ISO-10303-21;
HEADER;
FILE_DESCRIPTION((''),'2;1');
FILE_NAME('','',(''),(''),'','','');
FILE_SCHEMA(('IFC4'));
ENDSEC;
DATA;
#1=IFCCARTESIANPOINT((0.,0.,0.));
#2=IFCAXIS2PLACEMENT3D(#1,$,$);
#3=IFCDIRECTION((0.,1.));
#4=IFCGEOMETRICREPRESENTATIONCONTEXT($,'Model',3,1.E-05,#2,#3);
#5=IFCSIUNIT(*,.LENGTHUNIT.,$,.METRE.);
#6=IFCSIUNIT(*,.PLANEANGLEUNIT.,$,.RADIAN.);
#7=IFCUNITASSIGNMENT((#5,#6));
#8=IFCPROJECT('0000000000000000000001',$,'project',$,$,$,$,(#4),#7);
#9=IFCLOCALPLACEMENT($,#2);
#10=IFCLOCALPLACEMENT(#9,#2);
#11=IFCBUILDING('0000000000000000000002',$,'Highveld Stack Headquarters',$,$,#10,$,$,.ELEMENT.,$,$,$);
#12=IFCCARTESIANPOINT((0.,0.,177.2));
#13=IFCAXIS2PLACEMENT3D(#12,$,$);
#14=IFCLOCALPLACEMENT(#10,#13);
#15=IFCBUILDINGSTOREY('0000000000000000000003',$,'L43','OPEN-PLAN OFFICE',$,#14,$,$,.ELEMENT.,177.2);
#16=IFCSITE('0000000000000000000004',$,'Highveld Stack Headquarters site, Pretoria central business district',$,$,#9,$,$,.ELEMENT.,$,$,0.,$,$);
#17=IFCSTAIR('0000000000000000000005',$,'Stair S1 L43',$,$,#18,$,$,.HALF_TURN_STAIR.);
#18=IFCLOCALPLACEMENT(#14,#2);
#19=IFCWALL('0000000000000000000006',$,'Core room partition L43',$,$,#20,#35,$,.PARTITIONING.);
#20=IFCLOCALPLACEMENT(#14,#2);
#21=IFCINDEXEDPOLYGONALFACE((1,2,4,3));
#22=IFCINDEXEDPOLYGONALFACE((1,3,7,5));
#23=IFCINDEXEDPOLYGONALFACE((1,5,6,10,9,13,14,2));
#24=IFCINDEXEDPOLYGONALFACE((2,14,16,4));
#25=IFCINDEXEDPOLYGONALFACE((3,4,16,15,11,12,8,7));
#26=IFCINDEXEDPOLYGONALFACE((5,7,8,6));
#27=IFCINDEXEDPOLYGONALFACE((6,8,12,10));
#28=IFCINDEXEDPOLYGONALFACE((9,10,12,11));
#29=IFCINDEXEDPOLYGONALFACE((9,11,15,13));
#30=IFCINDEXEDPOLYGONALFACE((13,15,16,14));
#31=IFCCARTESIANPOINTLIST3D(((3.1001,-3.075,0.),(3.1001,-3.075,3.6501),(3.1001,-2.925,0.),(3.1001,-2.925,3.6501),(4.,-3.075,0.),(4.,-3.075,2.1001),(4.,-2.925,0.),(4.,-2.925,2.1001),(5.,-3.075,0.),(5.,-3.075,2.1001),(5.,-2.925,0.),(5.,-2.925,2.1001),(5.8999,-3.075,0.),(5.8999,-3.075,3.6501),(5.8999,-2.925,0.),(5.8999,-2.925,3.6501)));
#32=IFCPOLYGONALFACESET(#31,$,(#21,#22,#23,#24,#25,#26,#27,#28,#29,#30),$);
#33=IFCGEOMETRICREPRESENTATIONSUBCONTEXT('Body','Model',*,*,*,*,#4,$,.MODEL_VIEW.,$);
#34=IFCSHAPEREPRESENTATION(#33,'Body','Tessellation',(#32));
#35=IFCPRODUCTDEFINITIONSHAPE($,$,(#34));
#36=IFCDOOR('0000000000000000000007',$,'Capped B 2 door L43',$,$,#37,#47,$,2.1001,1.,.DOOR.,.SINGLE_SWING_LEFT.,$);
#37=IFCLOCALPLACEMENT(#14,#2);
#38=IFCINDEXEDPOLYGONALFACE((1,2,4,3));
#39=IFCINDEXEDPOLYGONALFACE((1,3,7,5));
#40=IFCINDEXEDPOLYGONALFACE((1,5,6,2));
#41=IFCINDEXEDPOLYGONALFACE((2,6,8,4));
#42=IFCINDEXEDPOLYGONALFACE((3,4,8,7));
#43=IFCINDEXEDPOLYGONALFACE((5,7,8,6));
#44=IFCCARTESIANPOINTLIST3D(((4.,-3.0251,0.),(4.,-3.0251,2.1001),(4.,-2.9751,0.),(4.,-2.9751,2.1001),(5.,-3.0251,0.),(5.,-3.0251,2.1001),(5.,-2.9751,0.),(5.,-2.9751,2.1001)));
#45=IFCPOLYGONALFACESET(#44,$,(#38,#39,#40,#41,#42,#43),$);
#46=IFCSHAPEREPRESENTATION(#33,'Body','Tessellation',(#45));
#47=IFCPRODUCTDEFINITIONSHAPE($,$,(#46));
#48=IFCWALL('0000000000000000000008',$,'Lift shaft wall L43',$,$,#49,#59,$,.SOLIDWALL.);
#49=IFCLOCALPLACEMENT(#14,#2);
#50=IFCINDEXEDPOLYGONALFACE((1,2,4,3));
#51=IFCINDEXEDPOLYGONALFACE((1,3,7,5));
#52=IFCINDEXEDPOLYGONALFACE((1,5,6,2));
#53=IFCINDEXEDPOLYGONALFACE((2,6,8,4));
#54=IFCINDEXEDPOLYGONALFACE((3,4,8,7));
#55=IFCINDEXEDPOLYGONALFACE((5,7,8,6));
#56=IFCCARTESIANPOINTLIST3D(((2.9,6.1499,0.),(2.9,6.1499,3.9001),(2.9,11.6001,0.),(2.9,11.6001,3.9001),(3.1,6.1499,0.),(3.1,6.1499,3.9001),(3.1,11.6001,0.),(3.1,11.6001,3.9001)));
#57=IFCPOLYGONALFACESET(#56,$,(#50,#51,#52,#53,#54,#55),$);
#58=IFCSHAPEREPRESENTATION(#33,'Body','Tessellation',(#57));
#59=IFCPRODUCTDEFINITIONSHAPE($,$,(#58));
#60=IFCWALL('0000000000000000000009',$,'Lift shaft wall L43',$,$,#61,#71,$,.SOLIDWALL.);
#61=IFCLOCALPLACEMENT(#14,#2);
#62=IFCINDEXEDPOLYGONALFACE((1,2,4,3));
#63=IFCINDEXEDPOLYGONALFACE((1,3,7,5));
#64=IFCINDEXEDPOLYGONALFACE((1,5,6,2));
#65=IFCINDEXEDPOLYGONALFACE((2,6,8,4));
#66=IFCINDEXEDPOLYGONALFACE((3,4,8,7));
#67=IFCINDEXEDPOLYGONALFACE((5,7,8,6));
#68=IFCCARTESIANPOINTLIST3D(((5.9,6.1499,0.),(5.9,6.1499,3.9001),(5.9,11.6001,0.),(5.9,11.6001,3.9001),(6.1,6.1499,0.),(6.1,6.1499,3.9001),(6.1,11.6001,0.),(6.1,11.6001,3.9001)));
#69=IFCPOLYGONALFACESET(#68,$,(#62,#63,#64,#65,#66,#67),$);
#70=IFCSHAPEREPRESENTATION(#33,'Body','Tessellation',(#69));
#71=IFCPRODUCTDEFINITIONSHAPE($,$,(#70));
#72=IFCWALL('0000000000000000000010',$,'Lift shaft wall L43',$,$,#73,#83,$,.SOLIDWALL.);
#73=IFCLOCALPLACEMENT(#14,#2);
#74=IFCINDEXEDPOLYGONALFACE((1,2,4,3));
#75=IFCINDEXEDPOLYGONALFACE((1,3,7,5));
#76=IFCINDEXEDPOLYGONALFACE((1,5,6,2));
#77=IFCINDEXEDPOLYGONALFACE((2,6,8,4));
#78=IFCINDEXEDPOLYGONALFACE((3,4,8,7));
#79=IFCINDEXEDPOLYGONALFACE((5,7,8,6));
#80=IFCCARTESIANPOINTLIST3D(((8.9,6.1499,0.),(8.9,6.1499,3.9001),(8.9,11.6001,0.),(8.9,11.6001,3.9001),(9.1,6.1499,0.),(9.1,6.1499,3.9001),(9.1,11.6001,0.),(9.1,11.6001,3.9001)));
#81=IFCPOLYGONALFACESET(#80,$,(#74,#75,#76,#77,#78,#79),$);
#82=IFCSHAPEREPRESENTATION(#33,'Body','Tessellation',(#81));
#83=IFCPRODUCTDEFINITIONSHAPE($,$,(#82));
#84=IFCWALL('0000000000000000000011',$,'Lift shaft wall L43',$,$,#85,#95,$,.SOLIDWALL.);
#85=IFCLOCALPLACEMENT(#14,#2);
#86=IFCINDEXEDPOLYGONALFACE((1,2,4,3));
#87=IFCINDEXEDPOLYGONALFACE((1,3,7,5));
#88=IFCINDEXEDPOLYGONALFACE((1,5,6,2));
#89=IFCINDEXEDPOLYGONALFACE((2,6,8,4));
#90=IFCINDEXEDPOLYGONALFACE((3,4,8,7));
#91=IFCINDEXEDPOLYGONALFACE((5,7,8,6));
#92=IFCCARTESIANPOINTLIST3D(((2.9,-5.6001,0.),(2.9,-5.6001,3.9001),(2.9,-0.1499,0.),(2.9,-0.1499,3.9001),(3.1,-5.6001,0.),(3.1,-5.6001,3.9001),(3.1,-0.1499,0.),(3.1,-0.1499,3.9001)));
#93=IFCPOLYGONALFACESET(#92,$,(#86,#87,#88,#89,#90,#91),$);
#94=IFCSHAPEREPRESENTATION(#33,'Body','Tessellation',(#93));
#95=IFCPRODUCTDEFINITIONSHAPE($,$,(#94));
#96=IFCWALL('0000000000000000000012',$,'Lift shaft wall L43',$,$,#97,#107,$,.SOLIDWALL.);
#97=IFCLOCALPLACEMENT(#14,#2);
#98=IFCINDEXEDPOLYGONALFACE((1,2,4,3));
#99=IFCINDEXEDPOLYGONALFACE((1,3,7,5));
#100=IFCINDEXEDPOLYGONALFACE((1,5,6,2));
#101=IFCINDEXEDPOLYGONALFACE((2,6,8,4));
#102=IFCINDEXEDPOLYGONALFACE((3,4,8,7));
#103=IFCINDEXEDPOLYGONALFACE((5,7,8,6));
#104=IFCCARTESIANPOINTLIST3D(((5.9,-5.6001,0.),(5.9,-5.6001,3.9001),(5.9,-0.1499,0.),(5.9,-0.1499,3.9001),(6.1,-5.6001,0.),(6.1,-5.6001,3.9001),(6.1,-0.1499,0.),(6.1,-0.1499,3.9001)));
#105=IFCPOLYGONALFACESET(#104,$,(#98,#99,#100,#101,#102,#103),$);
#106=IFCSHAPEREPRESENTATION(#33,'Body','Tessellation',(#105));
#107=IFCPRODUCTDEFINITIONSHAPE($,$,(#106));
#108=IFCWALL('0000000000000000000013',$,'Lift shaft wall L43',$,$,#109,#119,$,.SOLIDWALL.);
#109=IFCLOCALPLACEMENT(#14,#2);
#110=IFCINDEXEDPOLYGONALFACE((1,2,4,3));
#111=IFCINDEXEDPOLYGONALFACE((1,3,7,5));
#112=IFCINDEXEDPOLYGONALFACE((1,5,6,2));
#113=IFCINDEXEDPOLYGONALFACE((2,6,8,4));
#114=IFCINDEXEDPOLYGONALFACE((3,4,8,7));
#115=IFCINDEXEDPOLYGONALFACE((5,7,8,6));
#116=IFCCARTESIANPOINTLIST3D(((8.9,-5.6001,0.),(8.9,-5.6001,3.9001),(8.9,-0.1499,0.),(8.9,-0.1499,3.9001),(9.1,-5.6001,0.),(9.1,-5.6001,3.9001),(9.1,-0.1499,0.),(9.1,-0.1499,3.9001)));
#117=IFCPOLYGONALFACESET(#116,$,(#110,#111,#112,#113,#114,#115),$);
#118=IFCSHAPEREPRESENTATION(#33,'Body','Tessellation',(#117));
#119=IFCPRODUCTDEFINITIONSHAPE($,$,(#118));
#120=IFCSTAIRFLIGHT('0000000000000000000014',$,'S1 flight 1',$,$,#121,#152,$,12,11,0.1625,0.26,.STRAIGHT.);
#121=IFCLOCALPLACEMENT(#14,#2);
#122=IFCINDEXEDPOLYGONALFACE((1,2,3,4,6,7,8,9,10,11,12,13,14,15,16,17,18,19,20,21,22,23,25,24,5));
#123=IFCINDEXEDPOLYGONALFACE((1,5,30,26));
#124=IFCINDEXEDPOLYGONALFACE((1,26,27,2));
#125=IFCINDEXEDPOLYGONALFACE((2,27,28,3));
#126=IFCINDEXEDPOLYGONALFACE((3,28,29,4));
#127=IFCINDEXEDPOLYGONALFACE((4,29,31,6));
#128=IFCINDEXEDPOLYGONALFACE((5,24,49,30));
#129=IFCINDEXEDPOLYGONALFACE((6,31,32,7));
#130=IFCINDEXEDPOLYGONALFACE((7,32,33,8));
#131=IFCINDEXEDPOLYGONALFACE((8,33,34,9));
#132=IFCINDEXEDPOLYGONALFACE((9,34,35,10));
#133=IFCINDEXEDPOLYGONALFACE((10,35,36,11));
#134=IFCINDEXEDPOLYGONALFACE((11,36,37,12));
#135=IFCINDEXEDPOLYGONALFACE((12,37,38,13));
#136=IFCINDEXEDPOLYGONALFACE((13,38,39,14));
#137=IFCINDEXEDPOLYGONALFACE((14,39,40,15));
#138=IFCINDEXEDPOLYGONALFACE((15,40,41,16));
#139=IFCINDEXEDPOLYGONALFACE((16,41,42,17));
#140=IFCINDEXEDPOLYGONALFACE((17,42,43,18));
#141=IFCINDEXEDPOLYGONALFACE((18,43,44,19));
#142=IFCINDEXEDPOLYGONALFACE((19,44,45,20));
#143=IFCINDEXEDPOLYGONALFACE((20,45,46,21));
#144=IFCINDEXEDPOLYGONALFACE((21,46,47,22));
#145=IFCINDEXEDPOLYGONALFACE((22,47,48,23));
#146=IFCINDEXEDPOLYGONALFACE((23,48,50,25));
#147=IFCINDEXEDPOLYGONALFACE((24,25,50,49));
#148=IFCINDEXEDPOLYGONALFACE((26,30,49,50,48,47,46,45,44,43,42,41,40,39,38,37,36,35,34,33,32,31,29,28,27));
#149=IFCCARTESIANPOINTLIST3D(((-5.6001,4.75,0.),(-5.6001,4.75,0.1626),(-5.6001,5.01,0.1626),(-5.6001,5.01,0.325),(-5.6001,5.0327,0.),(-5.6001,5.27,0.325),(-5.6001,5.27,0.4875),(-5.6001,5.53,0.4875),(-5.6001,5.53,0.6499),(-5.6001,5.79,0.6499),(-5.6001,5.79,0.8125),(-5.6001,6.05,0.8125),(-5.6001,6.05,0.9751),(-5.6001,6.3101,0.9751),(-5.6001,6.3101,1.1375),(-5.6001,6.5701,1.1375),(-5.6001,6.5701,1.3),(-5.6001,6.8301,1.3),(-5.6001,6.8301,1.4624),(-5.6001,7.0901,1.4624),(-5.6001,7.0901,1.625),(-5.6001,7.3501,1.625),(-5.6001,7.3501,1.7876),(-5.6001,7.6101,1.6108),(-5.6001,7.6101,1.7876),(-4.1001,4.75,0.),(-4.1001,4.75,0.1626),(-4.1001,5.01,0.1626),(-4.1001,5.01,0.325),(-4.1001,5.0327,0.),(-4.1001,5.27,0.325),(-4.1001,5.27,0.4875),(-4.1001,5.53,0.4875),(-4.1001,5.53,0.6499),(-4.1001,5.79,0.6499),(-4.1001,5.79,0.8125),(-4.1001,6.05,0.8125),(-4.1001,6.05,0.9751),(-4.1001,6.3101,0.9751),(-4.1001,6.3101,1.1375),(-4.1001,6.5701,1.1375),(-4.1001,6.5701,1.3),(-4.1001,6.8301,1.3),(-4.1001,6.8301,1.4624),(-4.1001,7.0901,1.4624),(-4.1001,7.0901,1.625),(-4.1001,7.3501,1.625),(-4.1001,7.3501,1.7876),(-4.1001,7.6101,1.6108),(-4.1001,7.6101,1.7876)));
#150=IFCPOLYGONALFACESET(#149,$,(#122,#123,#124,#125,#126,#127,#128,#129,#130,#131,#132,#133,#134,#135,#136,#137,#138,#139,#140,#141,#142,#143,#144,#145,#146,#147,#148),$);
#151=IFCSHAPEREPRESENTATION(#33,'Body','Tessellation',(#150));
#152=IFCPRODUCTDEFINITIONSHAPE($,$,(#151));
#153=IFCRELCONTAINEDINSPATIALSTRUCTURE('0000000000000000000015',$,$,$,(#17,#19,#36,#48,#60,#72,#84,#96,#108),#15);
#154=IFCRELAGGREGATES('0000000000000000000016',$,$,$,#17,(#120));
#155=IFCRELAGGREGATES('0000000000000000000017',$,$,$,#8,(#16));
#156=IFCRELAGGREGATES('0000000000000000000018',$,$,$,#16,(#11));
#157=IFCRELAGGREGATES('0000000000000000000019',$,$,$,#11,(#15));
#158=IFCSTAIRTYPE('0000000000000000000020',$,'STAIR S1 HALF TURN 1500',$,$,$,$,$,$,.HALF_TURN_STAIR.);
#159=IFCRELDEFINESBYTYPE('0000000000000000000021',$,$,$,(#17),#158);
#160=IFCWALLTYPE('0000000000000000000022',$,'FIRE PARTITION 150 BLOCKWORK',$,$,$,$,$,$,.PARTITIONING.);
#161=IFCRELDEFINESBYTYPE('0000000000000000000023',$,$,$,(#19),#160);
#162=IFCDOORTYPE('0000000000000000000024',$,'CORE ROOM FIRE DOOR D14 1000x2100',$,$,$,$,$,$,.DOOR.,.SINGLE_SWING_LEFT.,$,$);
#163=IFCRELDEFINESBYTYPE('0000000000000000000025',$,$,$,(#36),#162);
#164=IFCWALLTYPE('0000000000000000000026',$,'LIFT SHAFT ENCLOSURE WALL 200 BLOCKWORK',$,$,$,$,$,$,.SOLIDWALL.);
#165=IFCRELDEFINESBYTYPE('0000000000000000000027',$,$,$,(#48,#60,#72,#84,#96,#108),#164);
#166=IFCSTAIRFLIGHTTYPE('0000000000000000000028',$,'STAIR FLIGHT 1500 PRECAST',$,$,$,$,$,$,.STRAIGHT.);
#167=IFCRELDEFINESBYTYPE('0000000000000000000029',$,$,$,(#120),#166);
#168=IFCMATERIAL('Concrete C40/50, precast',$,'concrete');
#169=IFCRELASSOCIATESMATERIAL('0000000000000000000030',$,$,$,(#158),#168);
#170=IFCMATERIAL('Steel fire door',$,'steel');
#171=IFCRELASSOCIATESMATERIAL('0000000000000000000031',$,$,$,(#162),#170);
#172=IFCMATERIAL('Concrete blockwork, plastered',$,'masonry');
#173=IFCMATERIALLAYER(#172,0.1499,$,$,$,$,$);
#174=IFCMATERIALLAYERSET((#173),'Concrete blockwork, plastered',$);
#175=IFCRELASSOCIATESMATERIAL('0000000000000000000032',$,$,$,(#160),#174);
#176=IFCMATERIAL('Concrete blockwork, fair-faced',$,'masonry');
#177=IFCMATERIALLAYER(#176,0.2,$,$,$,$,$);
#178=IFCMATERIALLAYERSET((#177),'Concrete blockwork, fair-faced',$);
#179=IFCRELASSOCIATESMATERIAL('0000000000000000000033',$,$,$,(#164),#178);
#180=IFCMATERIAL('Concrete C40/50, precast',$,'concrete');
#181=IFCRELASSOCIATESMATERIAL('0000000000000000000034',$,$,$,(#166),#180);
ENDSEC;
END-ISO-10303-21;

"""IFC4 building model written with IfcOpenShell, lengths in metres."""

from ifc_helpers import new_model, si_unit, direction, frame, frame_2d, origin, place, context, subcontext, project, spatial, polyline, rectangle, outline, extrude, material, layer, layer_set, type_object, element, fill, aggregate, save


model = new_model("IFC4")

# Units and contexts
model_context = context("Model", 3, precision=1e-05, world=origin(), true_north=direction((0.0, 1.0)))
body_context = subcontext(model_context, "Body", "Model", "MODEL_VIEW")
ifc_project = project(units=[si_unit("LENGTHUNIT", "METRE"), si_unit("PLANEANGLEUNIT", "RADIAN")], contexts=[model_context])

# Site, building, storey
site_placement = place(None, origin())
site = spatial("IfcSite", under=ifc_project, at=site_placement, Name="Highveld Stack Headquarters site, Pretoria central business district", CompositionType="ELEMENT", RefElevation=0.0)
building_placement = place(site_placement, origin())
building = spatial("IfcBuilding", under=site, at=building_placement, Name="Highveld Stack Headquarters", CompositionType="ELEMENT")
storey_placement = place(building_placement, frame((0.0, 0.0, 177.2)))
storey = spatial("IfcBuildingStorey", under=building, at=storey_placement, Name="L43", Description="OPEN-PLAN OFFICE", CompositionType="ELEMENT", Elevation=177.2)

# Stair
ifc_material_1 = material(Name="Concrete C40/50, precast", Category="concrete")
stair_type_1 = type_object("IfcStairType", Name="STAIR S1 HALF TURN 1500", PredefinedType="HALF_TURN_STAIR", material=ifc_material_1)
stair_1_placement = place(storey_placement, origin())
stair_1 = element("IfcStair", 1, at=stair_1_placement, inside=storey, type_object=stair_type_1, Name="Stair S1 L43", PredefinedType="HALF_TURN_STAIR")

# Shared definitions
ifc_material_2 = material(Name="Steel fire door", Category="steel")
door_type_1 = type_object("IfcDoorType", Name="CORE ROOM FIRE DOOR D14 1000x2100", OperationType="SINGLE_SWING_LEFT", PredefinedType="DOOR", material=ifc_material_2)

# Wall, opening, door
ifc_material_3 = material(Name="Concrete blockwork, plastered", Category="masonry")
ifc_layer_1 = layer(ifc_material_3, 0.1499)
ifc_layer_set_1 = layer_set([ifc_layer_1], Name="Concrete blockwork, plastered")
wall_type_1 = type_object("IfcWallType", Name="FIRE PARTITION 150 BLOCKWORK", PredefinedType="PARTITIONING", material=ifc_layer_set_1)
wall_1_placement = place(storey_placement, frame((3.1001, -3.0, 0.0), z_axis=(0.0, 0.0, 1.0), x_axis=(1.0, 0.0, 0.0)))
wall_1 = element("IfcWall", 2, at=wall_1_placement, inside=storey, type_object=wall_type_1, Name="Core room partition L43", PredefinedType="PARTITIONING", context=body_context, shape_type="SweptSolid", body=[
    extrude(rectangle(XDim=2.7998, YDim=0.1499, at=frame_2d((1.3999, 0.0))), origin(), (0.0, 0.0, 1.0), 3.6501),
])
opening_1_placement = place(wall_1_placement, frame((0.8999, 0.0, 0.0)))
opening_1 = element("IfcOpeningElement", 3, at=opening_1_placement, cuts=wall_1, PredefinedType="OPENING", context=body_context, shape_type="SweptSolid", body=[
    extrude(rectangle(XDim=1.0, YDim=2.1001, at=frame_2d((0.5, 1.05))), frame((0.0, 0.085, 0.0), z_axis=(0.0, -1.0, 0.0), x_axis=(1.0, 0.0, 0.0)), (0.0, 0.0, 1.0), 0.1699),
])
door_1_placement = place(opening_1_placement, origin())
door_1 = element("IfcDoor", 4, at=door_1_placement, inside=storey, type_object=door_type_1, Name="Capped B 2 door L43", OperationType="SINGLE_SWING_LEFT", OverallHeight=2.1001, OverallWidth=1.0, PredefinedType="DOOR", context=body_context, shape_type="SweptSolid", body=[
    extrude(rectangle(XDim=1.0, YDim=2.1001, at=frame_2d((0.5, 1.05))), frame((0.0, 0.0249, 0.0), z_axis=(0.0, -1.0, 0.0), x_axis=(1.0, 0.0, 0.0)), (0.0, 0.0, 1.0), 0.05),
])
fill(opening_1, door_1)

# Walls
ifc_material_4 = material(Name="Concrete blockwork, fair-faced", Category="masonry")
ifc_layer_2 = layer(ifc_material_4, 0.2)
ifc_layer_set_2 = layer_set([ifc_layer_2], Name="Concrete blockwork, fair-faced")
wall_type_2 = type_object("IfcWallType", Name="LIFT SHAFT ENCLOSURE WALL 200 BLOCKWORK", PredefinedType="SOLIDWALL", material=ifc_layer_set_2)
for number, where, z_axis, x_axis, name in (
    (5, (3.0, 6.1499, 0.0), (0.0, 0.0, 1.0), (0.0, 1.0, 0.0), "Lift shaft wall L43"),
    (6, (6.0, 6.1499, 0.0), (0.0, 0.0, 1.0), (0.0, 1.0, 0.0), "Lift shaft wall L43"),
    (7, (9.0, 6.1499, 0.0), (0.0, 0.0, 1.0), (0.0, 1.0, 0.0), "Lift shaft wall L43"),
    (8, (3.0, -5.6001, 0.0), (0.0, 0.0, 1.0), (0.0, 1.0, 0.0), "Lift shaft wall L43"),
    (9, (6.0, -5.6001, 0.0), (0.0, 0.0, 1.0), (0.0, 1.0, 0.0), "Lift shaft wall L43"),
    (10, (9.0, -5.6001, 0.0), (0.0, 0.0, 1.0), (0.0, 1.0, 0.0), "Lift shaft wall L43"),
):
    element("IfcWall", number, at=place(storey_placement, frame(where, z_axis=z_axis, x_axis=x_axis)), inside=storey, type_object=wall_type_2, Name=name, PredefinedType="SOLIDWALL", context=body_context, shape_type="SweptSolid", body=[
        extrude(rectangle(XDim=5.4502, YDim=0.2, at=frame_2d((2.7251, 0.0))), origin(), (0.0, 0.0, 1.0), 3.9001),
    ])

# Stair flight
ifc_material_5 = material(Name="Concrete C40/50, precast", Category="concrete")
stair_flight_type = type_object("IfcStairFlightType", Name="STAIR FLIGHT 1500 PRECAST", PredefinedType="STRAIGHT", material=ifc_material_5)
stair_flight_placement = place(storey_placement, frame((-4.8501, 4.75, 0.0), z_axis=(0.0, 0.0, 1.0), x_axis=(0.0, 1.0, 0.0)))
stair_flight = element("IfcStairFlight", 11, at=stair_flight_placement, type_object=stair_flight_type, Name="S1 flight 1", NumberOfRisers=12, NumberOfTreads=11, PredefinedType="STRAIGHT", RiserHeight=0.1625, TreadLength=0.26, context=body_context, shape_type="SweptSolid", body=[
    extrude(outline(polyline([(0.0, 0.0), (0.0, 0.1626), (0.26, 0.1626), (0.26, 0.325), (0.52, 0.325), (0.52, 0.4875), (0.78, 0.4875), (0.78, 0.6499), (1.04, 0.6499), (1.04, 0.8125), (1.3, 0.8125), (1.3, 0.9751), (1.5601, 0.9751), (1.5601, 1.1375), (1.8201, 1.1375), (1.8201, 1.3), (2.0801, 1.3), (2.0801, 1.4624), (2.3401, 1.4624), (2.3401, 1.625), (2.6001, 1.625), (2.6001, 1.7876), (2.8601, 1.7876), (2.8601, 1.95), (2.8601, 1.6108), (0.2827, 0.0), (0.0, 0.0)])), frame((0.0, 0.75, 0.0), z_axis=(0.0, -1.0, 0.0), x_axis=(1.0, 0.0, 0.0)), (0.0, 0.0, 1.0), 1.5),
])
aggregate(stair_1, [stair_flight])

save(model, "model.ifc")
